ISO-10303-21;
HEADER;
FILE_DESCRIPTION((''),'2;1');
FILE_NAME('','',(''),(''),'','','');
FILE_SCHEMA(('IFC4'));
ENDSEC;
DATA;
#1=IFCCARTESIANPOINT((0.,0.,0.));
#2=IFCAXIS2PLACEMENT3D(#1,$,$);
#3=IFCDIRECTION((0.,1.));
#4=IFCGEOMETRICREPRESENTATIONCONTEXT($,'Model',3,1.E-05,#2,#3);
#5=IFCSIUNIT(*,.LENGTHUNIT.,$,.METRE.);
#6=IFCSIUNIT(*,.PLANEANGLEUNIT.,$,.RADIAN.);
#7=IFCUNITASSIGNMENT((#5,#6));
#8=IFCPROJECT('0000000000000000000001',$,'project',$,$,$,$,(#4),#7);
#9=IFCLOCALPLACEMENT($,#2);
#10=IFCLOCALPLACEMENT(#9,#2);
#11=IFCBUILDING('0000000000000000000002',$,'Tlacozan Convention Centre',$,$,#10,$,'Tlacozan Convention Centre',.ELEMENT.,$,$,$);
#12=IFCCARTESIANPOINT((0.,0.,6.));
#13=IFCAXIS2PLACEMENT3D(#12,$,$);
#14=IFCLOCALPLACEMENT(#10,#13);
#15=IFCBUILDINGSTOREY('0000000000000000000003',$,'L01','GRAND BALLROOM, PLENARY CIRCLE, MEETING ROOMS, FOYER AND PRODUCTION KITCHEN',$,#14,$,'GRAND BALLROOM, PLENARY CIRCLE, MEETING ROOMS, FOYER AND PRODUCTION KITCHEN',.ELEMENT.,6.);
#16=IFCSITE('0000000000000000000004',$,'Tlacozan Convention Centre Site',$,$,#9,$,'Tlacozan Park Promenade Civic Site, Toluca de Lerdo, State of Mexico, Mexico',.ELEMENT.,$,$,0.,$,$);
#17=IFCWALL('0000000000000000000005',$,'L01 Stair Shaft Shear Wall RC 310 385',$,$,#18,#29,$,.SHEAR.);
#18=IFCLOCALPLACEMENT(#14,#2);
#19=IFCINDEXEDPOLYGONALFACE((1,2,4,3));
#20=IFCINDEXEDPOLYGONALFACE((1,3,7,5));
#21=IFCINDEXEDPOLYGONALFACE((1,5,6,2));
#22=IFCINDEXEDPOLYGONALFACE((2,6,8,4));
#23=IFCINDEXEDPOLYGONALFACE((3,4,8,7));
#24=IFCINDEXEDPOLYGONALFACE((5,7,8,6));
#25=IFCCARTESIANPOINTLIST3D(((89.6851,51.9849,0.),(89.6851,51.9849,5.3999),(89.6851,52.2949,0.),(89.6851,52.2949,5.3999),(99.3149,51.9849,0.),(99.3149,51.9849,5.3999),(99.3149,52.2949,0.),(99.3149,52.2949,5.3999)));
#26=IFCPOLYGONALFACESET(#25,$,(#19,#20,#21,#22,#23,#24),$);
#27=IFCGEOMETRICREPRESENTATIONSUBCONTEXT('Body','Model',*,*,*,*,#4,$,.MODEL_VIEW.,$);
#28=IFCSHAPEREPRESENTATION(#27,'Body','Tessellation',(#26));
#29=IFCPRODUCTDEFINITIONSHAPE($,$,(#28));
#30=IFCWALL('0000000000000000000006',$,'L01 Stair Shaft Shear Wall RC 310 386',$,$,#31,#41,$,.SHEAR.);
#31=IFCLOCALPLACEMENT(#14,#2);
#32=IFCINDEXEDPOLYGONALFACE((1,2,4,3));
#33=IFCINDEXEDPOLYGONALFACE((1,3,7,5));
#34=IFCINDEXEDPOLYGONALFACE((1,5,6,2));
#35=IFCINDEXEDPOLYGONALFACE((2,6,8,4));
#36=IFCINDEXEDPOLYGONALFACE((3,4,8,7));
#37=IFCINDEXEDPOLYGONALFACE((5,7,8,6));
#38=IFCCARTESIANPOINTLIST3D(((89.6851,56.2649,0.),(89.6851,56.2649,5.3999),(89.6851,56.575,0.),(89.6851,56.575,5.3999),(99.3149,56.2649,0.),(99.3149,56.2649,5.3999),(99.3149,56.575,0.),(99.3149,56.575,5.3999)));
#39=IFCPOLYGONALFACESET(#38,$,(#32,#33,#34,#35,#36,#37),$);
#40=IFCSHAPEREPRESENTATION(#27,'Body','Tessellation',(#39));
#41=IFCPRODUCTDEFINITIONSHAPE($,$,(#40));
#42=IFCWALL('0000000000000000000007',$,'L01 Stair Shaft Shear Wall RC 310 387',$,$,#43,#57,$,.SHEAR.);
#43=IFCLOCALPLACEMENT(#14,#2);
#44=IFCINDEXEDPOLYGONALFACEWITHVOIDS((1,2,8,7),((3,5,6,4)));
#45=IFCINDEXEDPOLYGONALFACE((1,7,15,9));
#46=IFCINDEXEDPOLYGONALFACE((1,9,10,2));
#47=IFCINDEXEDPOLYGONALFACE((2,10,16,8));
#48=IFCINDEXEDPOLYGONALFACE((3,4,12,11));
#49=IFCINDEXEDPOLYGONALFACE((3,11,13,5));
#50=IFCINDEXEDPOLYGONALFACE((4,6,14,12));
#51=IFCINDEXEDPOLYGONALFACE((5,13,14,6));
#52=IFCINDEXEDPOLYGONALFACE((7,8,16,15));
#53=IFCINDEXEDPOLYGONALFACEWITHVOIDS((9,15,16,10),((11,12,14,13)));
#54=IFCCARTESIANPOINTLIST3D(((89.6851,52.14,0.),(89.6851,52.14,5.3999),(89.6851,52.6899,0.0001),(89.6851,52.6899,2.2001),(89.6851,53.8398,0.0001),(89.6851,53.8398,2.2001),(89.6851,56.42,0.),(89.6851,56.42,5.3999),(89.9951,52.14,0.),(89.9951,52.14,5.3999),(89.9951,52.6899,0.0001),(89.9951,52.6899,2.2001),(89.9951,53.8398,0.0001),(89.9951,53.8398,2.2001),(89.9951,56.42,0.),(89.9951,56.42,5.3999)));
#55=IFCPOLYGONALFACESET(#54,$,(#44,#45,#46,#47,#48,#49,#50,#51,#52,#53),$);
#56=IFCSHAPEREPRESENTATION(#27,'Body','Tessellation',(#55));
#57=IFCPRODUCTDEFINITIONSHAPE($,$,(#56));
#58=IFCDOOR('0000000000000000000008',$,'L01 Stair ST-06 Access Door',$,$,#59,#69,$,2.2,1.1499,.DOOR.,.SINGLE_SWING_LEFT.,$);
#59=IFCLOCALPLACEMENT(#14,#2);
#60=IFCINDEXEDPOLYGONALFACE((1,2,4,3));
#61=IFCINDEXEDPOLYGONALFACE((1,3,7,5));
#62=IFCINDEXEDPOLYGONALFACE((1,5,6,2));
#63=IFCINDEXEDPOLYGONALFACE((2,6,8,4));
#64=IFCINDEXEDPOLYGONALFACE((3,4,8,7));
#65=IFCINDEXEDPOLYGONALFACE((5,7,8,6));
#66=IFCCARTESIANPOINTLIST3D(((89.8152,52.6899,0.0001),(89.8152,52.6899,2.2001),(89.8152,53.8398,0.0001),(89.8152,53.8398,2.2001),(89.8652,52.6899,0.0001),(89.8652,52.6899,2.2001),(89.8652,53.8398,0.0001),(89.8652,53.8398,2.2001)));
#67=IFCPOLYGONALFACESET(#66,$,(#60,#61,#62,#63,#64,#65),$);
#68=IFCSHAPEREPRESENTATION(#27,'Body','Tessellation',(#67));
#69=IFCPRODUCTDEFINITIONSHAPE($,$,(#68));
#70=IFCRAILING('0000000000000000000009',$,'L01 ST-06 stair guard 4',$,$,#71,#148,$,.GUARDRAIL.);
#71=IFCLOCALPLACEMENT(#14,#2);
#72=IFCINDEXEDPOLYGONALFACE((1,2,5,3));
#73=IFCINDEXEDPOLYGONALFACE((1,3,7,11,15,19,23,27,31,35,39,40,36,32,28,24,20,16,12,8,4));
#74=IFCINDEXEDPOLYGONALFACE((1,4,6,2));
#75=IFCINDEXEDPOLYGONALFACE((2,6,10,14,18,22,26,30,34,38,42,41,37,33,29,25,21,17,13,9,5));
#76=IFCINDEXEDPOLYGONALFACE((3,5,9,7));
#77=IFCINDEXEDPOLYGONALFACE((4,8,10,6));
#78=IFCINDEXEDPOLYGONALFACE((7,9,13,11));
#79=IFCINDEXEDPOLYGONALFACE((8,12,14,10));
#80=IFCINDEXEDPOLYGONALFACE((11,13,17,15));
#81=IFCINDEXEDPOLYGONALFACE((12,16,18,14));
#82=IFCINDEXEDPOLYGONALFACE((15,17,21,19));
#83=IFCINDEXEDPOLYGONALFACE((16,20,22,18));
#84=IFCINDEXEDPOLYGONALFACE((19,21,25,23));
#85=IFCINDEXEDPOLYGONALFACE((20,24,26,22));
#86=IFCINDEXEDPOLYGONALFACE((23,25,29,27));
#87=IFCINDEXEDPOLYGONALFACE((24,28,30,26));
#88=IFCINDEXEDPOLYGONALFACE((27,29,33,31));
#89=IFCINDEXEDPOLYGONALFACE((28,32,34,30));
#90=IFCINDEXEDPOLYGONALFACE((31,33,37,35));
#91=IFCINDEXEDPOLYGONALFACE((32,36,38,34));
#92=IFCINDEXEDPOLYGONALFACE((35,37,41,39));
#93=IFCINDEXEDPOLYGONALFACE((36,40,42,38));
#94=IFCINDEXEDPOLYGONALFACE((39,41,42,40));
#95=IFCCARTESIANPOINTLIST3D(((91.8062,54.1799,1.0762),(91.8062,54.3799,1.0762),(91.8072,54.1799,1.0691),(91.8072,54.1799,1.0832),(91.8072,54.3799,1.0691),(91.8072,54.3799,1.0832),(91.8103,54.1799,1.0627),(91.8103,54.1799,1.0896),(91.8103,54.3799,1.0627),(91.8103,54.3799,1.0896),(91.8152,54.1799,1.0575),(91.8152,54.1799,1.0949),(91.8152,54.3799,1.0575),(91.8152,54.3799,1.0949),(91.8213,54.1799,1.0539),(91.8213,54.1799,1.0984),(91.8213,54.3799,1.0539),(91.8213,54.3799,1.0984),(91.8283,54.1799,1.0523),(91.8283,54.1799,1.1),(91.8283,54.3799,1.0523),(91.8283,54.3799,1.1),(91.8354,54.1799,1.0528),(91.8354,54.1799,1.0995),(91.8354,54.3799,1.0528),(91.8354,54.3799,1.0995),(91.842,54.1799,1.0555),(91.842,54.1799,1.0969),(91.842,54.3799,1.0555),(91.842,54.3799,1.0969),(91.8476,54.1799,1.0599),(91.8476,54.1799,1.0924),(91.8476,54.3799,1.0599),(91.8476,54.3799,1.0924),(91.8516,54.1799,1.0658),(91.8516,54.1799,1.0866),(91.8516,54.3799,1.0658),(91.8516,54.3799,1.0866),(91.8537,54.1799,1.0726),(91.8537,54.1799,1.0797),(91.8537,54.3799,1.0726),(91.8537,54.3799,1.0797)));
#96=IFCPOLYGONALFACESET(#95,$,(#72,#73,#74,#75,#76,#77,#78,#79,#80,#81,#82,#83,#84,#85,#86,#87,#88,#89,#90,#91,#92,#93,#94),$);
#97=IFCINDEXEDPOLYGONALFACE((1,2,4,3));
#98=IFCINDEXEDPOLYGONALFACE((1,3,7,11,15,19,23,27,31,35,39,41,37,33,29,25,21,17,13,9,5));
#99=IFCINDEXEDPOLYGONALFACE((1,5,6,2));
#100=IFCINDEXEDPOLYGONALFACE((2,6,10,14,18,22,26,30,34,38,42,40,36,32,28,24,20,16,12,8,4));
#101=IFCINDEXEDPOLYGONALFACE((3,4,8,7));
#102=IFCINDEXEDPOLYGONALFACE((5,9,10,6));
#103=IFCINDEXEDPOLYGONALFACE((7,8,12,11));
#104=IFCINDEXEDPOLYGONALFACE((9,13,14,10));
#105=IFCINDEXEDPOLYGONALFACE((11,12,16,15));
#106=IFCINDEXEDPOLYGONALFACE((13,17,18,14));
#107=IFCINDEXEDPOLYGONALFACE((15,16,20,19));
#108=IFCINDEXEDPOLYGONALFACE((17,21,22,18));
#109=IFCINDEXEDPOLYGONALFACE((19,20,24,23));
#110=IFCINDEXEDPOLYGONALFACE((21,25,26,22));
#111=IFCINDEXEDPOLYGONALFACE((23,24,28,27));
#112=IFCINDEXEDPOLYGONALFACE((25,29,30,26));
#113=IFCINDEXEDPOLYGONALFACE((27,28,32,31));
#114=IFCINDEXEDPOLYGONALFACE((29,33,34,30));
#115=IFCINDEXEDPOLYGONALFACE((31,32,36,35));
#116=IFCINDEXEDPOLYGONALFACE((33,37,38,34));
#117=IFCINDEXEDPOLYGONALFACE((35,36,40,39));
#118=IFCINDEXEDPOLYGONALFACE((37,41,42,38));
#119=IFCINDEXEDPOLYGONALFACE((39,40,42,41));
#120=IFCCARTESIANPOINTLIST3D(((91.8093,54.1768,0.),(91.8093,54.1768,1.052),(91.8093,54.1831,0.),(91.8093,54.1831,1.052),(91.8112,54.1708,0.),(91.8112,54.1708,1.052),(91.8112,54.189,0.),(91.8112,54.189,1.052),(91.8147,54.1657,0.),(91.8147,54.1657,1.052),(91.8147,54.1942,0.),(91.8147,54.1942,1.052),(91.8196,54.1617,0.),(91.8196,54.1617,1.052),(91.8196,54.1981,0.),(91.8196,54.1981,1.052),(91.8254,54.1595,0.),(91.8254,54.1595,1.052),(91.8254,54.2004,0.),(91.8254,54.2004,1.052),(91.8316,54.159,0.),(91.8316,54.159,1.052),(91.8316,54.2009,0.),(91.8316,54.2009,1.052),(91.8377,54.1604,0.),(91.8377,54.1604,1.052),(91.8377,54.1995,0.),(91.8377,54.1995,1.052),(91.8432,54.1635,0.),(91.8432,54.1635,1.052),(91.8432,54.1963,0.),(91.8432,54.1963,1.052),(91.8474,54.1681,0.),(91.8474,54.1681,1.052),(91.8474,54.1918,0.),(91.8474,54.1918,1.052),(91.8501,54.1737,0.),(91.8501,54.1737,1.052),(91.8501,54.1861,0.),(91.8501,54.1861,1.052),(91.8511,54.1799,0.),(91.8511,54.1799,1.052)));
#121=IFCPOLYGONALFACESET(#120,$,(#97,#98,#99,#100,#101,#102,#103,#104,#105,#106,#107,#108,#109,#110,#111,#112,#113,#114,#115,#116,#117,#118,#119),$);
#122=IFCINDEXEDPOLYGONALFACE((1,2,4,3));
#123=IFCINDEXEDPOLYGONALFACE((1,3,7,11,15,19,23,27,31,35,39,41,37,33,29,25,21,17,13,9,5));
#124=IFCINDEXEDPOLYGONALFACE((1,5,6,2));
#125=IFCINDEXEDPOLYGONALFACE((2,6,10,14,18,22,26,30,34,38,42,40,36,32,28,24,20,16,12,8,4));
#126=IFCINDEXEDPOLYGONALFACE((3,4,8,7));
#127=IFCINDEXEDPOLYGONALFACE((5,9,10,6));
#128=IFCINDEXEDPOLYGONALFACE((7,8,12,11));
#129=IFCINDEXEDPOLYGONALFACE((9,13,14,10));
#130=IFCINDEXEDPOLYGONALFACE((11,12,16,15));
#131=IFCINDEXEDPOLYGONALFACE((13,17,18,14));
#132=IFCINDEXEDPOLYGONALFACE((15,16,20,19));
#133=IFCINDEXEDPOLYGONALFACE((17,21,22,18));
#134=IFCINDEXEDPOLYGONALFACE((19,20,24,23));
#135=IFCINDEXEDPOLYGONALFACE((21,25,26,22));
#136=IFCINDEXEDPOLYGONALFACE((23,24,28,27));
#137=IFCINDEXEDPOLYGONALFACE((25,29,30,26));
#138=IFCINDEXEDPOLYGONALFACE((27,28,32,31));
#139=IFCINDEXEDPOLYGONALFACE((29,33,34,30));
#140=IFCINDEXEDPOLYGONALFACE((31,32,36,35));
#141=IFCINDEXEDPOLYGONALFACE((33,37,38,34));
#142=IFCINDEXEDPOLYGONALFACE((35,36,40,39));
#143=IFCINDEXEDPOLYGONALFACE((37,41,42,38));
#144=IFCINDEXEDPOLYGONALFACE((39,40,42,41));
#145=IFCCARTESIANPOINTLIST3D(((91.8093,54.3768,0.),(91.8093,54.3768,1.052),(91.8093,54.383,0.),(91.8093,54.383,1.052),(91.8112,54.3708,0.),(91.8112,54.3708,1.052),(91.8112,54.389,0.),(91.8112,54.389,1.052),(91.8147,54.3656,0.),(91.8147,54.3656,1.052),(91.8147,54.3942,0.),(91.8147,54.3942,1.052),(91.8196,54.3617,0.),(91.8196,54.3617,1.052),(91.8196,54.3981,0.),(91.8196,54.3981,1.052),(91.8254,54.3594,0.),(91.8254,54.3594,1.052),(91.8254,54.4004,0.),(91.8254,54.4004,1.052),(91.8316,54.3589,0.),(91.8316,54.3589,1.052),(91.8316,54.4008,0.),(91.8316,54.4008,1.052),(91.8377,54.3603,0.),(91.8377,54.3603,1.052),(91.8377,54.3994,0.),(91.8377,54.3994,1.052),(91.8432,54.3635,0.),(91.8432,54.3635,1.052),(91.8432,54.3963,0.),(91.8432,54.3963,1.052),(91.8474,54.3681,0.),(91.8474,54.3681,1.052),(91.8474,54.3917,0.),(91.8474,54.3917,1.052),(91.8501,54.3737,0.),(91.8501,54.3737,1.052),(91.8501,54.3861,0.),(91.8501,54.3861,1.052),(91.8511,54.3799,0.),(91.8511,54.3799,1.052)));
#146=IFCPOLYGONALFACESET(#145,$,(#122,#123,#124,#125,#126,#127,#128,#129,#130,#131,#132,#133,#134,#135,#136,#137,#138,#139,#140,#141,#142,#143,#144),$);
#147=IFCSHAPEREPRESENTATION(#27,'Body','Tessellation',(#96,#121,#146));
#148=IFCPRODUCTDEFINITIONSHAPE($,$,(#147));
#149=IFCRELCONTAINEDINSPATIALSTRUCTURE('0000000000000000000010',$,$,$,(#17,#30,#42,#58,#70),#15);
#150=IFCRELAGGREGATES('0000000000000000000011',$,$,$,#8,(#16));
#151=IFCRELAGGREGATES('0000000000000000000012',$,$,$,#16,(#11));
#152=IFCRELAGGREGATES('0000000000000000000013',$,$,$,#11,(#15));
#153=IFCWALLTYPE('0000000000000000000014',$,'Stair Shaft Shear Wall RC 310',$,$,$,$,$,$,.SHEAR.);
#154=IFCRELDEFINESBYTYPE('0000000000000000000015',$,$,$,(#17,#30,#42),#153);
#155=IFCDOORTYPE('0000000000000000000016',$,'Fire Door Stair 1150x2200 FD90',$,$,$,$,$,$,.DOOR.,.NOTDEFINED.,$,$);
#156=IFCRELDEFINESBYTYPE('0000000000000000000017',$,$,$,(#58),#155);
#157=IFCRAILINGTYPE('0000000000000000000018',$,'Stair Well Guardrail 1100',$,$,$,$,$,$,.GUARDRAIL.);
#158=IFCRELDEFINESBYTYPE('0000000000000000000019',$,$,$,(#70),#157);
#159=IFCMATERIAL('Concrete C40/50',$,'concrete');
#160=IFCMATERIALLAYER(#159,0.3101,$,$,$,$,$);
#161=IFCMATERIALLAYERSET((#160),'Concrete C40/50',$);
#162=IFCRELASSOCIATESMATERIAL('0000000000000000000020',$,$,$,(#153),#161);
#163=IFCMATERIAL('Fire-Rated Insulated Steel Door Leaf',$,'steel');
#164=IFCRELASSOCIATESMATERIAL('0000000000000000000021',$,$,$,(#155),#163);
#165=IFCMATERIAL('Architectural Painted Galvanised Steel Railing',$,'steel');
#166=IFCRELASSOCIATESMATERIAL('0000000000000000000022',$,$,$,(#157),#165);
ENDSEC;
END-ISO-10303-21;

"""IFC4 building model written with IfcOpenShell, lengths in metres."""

from ifc_helpers import new_model, si_unit, direction, frame, frame_2d, origin, origin_2d, place, context, subcontext, project, spatial, rectangle, circle, extrude, material, layer, layer_set, type_object, element, fill, save


model = new_model("IFC4")

# Units and contexts
model_context = context("Model", 3, precision=1e-05, world=origin(), true_north=direction((0.0, 1.0)))
body_context = subcontext(model_context, "Body", "Model", "MODEL_VIEW")
ifc_project = project(units=[si_unit("LENGTHUNIT", "METRE"), si_unit("PLANEANGLEUNIT", "RADIAN")], contexts=[model_context])

# Site, building, storey
site_placement = place(None, origin())
site = spatial("IfcSite", under=ifc_project, at=site_placement, Name="Tlacozan Convention Centre Site", LongName="Tlacozan Park Promenade Civic Site, Toluca de Lerdo, State of Mexico, Mexico", CompositionType="ELEMENT", RefElevation=0.0)
building_placement = place(site_placement, origin())
building = spatial("IfcBuilding", under=site, at=building_placement, Name="Tlacozan Convention Centre", LongName="Tlacozan Convention Centre", CompositionType="ELEMENT")
storey_placement = place(building_placement, frame((0.0, 0.0, 6.0)))
storey = spatial("IfcBuildingStorey", under=building, at=storey_placement, Name="L01", Description="GRAND BALLROOM, PLENARY CIRCLE, MEETING ROOMS, FOYER AND PRODUCTION KITCHEN", LongName="GRAND BALLROOM, PLENARY CIRCLE, MEETING ROOMS, FOYER AND PRODUCTION KITCHEN", CompositionType="ELEMENT", Elevation=6.0)

# Walls
ifc_material_1 = material(Name="Concrete C40/50", Category="concrete")
ifc_layer_1 = layer(ifc_material_1, 0.3101)
ifc_layer_set_1 = layer_set([ifc_layer_1], Name="Concrete C40/50")
wall_type_1 = type_object("IfcWallType", Name="Stair Shaft Shear Wall RC 310", PredefinedType="SHEAR", material=ifc_layer_set_1)
for number, where, z_axis, x_axis, name in (
    (1, (89.6851, 52.1399, 0.0), (0.0, 0.0, 1.0), (1.0, 0.0, 0.0), "L01 Stair Shaft Shear Wall RC 310 385"),
    (2, (89.6851, 56.4199, 0.0), (0.0, 0.0, 1.0), (1.0, 0.0, 0.0), "L01 Stair Shaft Shear Wall RC 310 386"),
):
    element("IfcWall", number, at=place(storey_placement, frame(where, z_axis=z_axis, x_axis=x_axis)), inside=storey, type_object=wall_type_1, Name=name, PredefinedType="SHEAR", context=body_context, shape_type="SweptSolid", body=[
        extrude(rectangle(XDim=9.6299, YDim=0.3101, at=frame_2d((4.8149, 0.0))), origin(), (0.0, 0.0, 1.0), 5.3999),
    ])

# Wall, opening, door
wall_1_placement = place(storey_placement, frame((89.8401, 52.1399, 0.0), z_axis=(0.0, 0.0, 1.0), x_axis=(0.0, 1.0, 0.0)))
wall_1 = element("IfcWall", 3, at=wall_1_placement, inside=storey, type_object=wall_type_1, Name="L01 Stair Shaft Shear Wall RC 310 387", PredefinedType="SHEAR", context=body_context, shape_type="SweptSolid", body=[
    extrude(rectangle(XDim=4.28, YDim=0.3101, at=frame_2d((2.1401, 0.0))), origin(), (0.0, 0.0, 1.0), 5.3999),
])
opening_1_placement = place(wall_1_placement, frame((0.55, 0.0, 0.0)))
opening_1 = element("IfcOpeningElement", 4, at=opening_1_placement, cuts=wall_1, PredefinedType="OPENING", context=body_context, shape_type="SweptSolid", body=[
    extrude(rectangle(XDim=1.1499, YDim=2.2, at=frame_2d((0.575, 1.1001))), frame((0.0, 0.165, 0.0), z_axis=(0.0, -1.0, 0.0), x_axis=(1.0, 0.0, 0.0)), (0.0, 0.0, 1.0), 0.3301),
])
ifc_material_2 = material(Name="Fire-Rated Insulated Steel Door Leaf", Category="steel")
door_type_1 = type_object("IfcDoorType", Name="Fire Door Stair 1150x2200 FD90", OperationType="NOTDEFINED", PredefinedType="DOOR", material=ifc_material_2)
door_1_placement = place(opening_1_placement, origin())
door_1 = element("IfcDoor", 5, at=door_1_placement, inside=storey, type_object=door_type_1, Name="L01 Stair ST-06 Access Door", OperationType="SINGLE_SWING_LEFT", OverallHeight=2.2, OverallWidth=1.1499, PredefinedType="DOOR", context=body_context, shape_type="SweptSolid", body=[
    extrude(rectangle(XDim=1.1499, YDim=2.2, at=frame_2d((0.575, 1.1001))), frame((0.0, 0.0249, 0.0), z_axis=(0.0, -1.0, 0.0), x_axis=(1.0, 0.0, 0.0)), (0.0, 0.0, 1.0), 0.05),
])
fill(opening_1, door_1)

# Railing
ifc_material_3 = material(Name="Architectural Painted Galvanised Steel Railing", Category="steel")
railing_type = type_object("IfcRailingType", Name="Stair Well Guardrail 1100", PredefinedType="GUARDRAIL", material=ifc_material_3)
railing_placement = place(storey_placement, frame((91.8301, 54.1799, 0.0)))
element("IfcRailing", 6, at=railing_placement, inside=storey, type_object=railing_type, Name="L01 ST-06 stair guard 4", PredefinedType="GUARDRAIL", context=body_context, shape_type="SweptSolid", body=[
    extrude(circle(Radius=0.0239, at=origin_2d()), frame((0.0, 0.0, 1.0762), z_axis=(0.0, 1.0, 0.0), x_axis=(-1.0, 0.0, 0.0)), (0.0, 0.0, 1.0), 0.2),
    extrude(circle(Radius=0.021, at=origin_2d()), origin(), (0.0, 0.0, 1.0), 1.052),
    extrude(circle(Radius=0.021, at=origin_2d()), frame((0.0, 0.2, 0.0)), (0.0, 0.0, 1.0), 1.052),
])

save(model, "model.ifc")
